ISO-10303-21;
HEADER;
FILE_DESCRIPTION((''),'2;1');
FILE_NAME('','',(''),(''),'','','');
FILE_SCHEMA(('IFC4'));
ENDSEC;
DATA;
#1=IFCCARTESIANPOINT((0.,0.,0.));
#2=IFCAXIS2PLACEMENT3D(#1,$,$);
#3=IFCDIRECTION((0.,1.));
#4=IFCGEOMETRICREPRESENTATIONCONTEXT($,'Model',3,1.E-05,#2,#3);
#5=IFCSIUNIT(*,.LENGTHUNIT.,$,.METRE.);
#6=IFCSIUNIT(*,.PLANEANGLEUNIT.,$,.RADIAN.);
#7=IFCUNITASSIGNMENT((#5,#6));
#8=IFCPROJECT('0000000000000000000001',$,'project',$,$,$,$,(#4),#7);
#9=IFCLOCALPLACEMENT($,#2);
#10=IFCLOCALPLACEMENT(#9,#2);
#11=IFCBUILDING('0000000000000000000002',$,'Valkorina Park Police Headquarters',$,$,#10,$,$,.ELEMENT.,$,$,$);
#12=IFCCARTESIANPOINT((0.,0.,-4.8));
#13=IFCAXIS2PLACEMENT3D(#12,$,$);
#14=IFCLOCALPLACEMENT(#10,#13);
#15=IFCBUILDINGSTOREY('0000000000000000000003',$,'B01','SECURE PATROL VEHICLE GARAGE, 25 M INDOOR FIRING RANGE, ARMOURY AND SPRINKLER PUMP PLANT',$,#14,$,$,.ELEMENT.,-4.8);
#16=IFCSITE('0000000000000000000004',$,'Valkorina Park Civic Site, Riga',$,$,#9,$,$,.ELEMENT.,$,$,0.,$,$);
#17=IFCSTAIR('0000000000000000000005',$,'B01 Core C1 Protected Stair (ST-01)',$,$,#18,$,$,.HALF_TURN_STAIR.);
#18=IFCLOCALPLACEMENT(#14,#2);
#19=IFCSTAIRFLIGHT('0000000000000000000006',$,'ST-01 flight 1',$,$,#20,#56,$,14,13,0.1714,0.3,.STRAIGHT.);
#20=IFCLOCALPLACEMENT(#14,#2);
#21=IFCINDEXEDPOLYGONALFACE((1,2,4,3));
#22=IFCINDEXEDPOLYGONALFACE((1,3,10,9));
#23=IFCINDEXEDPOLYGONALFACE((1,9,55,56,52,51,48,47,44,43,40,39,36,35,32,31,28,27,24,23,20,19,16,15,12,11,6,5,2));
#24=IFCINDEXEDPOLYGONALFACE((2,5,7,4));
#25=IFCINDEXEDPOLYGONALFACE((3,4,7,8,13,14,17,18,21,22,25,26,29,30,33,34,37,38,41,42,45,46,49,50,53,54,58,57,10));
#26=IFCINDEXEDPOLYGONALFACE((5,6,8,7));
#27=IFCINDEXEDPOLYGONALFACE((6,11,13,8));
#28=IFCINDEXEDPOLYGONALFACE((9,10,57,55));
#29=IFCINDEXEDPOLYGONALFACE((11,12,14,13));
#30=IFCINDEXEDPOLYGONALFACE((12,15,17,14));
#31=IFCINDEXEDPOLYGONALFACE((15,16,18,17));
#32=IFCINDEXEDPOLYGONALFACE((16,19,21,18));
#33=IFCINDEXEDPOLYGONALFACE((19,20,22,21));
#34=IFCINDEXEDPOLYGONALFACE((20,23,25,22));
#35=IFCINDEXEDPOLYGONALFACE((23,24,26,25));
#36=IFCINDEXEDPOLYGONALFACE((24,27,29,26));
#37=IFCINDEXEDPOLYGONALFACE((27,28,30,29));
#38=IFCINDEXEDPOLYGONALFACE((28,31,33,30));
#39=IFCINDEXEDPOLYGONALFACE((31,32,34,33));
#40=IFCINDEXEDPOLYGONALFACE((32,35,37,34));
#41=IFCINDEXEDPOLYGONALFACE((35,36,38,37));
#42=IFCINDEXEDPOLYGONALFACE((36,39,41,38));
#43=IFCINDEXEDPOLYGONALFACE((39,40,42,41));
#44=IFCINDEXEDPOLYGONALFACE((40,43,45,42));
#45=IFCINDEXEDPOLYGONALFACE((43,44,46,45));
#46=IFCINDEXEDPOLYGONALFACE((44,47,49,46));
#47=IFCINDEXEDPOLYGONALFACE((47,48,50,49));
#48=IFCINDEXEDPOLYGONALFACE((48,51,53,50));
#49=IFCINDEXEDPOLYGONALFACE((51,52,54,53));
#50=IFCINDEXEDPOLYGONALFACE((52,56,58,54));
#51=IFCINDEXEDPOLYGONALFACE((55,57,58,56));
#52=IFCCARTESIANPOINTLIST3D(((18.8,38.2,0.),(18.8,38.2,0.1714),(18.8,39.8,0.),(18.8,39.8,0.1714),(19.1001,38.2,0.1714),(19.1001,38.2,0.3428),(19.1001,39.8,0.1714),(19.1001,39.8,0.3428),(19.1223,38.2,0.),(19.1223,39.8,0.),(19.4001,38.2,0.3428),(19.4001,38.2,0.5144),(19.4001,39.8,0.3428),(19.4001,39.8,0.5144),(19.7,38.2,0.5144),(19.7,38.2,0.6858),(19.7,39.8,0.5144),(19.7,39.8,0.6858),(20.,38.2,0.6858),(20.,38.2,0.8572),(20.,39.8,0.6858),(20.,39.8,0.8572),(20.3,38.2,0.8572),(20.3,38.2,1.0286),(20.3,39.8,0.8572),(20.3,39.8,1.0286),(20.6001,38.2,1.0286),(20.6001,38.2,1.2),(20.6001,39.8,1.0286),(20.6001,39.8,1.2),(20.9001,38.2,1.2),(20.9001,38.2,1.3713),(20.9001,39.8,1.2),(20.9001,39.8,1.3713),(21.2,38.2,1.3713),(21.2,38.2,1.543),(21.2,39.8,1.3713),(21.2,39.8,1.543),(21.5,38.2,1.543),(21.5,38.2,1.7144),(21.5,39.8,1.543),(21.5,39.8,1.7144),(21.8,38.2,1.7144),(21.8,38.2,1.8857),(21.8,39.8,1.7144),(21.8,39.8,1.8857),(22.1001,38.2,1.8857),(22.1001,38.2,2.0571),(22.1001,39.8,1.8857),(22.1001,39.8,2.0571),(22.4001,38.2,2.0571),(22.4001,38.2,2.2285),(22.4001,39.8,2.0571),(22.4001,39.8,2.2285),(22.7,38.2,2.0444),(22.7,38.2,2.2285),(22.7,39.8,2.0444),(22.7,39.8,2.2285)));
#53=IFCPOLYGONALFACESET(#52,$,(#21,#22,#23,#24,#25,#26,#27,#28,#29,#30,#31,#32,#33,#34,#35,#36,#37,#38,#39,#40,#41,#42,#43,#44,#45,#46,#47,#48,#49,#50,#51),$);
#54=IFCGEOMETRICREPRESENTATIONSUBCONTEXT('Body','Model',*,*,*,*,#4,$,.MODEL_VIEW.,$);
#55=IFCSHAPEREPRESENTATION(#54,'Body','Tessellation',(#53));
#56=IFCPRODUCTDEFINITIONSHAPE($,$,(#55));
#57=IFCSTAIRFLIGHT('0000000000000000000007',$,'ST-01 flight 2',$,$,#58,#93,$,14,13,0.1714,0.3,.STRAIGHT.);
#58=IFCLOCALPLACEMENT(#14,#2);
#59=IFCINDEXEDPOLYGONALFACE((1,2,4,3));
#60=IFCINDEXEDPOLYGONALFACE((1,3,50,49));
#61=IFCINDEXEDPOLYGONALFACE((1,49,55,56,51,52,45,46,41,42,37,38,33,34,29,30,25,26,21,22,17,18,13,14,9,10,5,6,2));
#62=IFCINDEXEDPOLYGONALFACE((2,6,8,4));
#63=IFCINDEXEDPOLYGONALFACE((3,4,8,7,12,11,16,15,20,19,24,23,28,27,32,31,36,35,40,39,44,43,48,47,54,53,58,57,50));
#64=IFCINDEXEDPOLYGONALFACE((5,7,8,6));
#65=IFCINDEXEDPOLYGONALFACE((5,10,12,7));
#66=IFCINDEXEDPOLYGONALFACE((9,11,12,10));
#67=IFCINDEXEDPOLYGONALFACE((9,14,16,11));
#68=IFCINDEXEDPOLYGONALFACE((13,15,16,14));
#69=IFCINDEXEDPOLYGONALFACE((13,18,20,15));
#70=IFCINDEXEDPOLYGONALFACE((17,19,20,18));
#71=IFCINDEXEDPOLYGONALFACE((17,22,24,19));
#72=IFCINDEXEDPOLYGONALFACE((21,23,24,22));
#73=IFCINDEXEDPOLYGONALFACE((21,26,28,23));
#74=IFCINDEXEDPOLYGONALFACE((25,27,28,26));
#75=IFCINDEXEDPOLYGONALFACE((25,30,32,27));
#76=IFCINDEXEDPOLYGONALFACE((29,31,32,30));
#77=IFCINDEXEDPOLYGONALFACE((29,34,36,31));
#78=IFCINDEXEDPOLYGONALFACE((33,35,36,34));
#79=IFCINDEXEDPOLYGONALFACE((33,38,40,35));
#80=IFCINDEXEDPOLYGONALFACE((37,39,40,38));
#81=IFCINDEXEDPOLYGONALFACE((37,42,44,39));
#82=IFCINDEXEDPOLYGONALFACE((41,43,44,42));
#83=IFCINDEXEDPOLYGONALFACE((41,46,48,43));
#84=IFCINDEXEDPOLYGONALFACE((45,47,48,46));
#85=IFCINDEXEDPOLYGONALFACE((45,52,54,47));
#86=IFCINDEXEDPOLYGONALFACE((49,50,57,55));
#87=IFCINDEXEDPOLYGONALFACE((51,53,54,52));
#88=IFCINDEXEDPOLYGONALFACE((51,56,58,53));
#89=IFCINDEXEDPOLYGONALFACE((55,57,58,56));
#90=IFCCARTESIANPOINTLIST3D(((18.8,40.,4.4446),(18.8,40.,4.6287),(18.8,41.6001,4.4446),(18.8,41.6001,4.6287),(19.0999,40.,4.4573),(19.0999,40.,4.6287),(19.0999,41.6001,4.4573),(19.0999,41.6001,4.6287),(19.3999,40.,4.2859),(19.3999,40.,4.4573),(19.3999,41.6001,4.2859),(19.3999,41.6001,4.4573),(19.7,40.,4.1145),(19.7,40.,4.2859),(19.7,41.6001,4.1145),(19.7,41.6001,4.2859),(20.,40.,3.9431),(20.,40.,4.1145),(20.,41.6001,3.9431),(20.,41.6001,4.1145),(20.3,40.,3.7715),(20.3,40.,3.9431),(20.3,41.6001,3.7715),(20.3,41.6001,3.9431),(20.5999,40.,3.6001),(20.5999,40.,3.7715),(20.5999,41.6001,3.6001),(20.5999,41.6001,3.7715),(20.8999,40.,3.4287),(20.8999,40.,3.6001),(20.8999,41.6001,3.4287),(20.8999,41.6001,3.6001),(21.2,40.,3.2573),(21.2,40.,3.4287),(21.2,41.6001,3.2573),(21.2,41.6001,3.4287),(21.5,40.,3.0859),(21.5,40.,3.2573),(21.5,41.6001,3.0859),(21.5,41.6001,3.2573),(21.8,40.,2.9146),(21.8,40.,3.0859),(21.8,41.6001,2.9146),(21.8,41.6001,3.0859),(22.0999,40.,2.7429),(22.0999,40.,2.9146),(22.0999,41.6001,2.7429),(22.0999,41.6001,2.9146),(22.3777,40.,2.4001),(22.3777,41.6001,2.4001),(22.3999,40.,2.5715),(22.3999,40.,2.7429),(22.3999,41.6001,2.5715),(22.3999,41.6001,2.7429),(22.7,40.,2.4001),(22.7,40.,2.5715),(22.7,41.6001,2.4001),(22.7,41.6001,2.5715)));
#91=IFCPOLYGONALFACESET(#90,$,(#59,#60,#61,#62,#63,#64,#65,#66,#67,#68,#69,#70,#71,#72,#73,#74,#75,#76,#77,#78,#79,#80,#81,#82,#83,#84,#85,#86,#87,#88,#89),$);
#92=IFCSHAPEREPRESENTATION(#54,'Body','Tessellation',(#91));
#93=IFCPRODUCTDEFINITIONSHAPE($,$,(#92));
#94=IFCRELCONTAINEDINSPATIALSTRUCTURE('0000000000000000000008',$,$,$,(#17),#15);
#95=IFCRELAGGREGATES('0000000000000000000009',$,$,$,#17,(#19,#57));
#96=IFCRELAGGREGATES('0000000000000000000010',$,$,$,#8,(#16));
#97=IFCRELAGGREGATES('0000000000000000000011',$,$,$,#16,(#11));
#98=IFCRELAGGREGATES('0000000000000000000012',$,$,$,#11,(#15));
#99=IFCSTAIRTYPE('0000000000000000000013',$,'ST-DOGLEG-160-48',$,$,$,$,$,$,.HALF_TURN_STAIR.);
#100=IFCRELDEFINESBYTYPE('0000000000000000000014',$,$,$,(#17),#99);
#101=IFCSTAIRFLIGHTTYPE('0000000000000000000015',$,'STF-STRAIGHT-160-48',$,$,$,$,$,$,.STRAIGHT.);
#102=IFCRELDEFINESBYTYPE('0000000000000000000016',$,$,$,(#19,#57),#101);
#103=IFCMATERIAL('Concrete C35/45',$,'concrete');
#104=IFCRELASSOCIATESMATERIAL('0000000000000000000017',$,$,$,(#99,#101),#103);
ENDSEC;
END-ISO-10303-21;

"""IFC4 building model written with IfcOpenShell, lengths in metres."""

from ifc_helpers import new_model, si_unit, direction, frame, origin, place, context, subcontext, project, spatial, polyline, outline, extrude, material, type_object, element, aggregate, save


model = new_model("IFC4")

# Units and contexts
model_context = context("Model", 3, precision=1e-05, world=origin(), true_north=direction((0.0, 1.0)))
body_context = subcontext(model_context, "Body", "Model", "MODEL_VIEW")
ifc_project = project(units=[si_unit("LENGTHUNIT", "METRE"), si_unit("PLANEANGLEUNIT", "RADIAN")], contexts=[model_context])

# Site, building, storey
site_placement = place(None, origin())
site = spatial("IfcSite", under=ifc_project, at=site_placement, Name="Valkorina Park Civic Site, Riga", CompositionType="ELEMENT", RefElevation=0.0)
building_placement = place(site_placement, origin())
building = spatial("IfcBuilding", under=site, at=building_placement, Name="Valkorina Park Police Headquarters", CompositionType="ELEMENT")
storey_placement = place(building_placement, frame((0.0, 0.0, -4.8)))
storey = spatial("IfcBuildingStorey", under=building, at=storey_placement, Name="B01", Description="SECURE PATROL VEHICLE GARAGE, 25 M INDOOR FIRING RANGE, ARMOURY AND SPRINKLER PUMP PLANT", CompositionType="ELEMENT", Elevation=-4.8)

# Shared definitions
ifc_material_1 = material(Name="Concrete C35/45", Category="concrete")

# Stair, stair flights
stair_type = type_object("IfcStairType", Name="ST-DOGLEG-160-48", PredefinedType="HALF_TURN_STAIR", material=ifc_material_1)
stair_placement = place(storey_placement, origin())
stair = element("IfcStair", 1, at=stair_placement, inside=storey, type_object=stair_type, Name="B01 Core C1 Protected Stair (ST-01)", PredefinedType="HALF_TURN_STAIR")
stair_flight_type = type_object("IfcStairFlightType", Name="STF-STRAIGHT-160-48", PredefinedType="STRAIGHT", material=ifc_material_1)
stair_flight_1_placement = place(storey_placement, frame((18.8, 39.0, 0.0), z_axis=(0.0, 0.0, 1.0), x_axis=(1.0, 0.0, 0.0)))
stair_flight_1 = element("IfcStairFlight", 2, at=stair_flight_1_placement, type_object=stair_flight_type, Name="ST-01 flight 1", NumberOfRisers=14, NumberOfTreads=13, PredefinedType="STRAIGHT", RiserHeight=0.1714, TreadLength=0.3, context=body_context, shape_type="SweptSolid", body=[
    extrude(outline(polyline([(0.0, 0.0), (0.0, 0.1714), (0.3, 0.1714), (0.3, 0.3428), (0.6001, 0.3428), (0.6001, 0.5144), (0.8999, 0.5144), (0.8999, 0.6858), (1.2, 0.6858), (1.2, 0.8572), (1.5, 0.8572), (1.5, 1.0286), (1.8, 1.0286), (1.8, 1.2), (2.1001, 1.2), (2.1001, 1.3713), (2.3999, 1.3713), (2.3999, 1.543), (2.7, 1.543), (2.7, 1.7144), (3.0, 1.7144), (3.0, 1.8857), (3.3, 1.8857), (3.3, 2.0571), (3.6001, 2.0571), (3.6001, 2.2285), (3.8999, 2.2285), (3.8999, 2.3999), (3.8999, 2.0444), (0.3223, 0.0), (0.0, 0.0)])), frame((0.0, 0.8, 0.0), z_axis=(0.0, -1.0, 0.0), x_axis=(1.0, 0.0, 0.0)), (0.0, 0.0, 1.0), 1.6001),
])
stair_flight_2_placement = place(storey_placement, frame((22.7, 40.8, 2.4001), z_axis=(0.0, 0.0, 1.0), x_axis=(-1.0, 0.0, 0.0)))
stair_flight_2 = element("IfcStairFlight", 3, at=stair_flight_2_placement, type_object=stair_flight_type, Name="ST-01 flight 2", NumberOfRisers=14, NumberOfTreads=13, PredefinedType="STRAIGHT", RiserHeight=0.1714, TreadLength=0.3, context=body_context, shape_type="SweptSolid", body=[
    extrude(outline(polyline([(0.0, 0.0), (0.0, 0.1714), (0.3, 0.1714), (0.3, 0.3428), (0.6001, 0.3428), (0.6001, 0.5144), (0.8999, 0.5144), (0.8999, 0.6858), (1.2, 0.6858), (1.2, 0.8572), (1.5, 0.8572), (1.5, 1.0286), (1.8, 1.0286), (1.8, 1.2), (2.1001, 1.2), (2.1001, 1.3713), (2.3999, 1.3713), (2.3999, 1.543), (2.7, 1.543), (2.7, 1.7144), (3.0, 1.7144), (3.0, 1.8857), (3.3, 1.8857), (3.3, 2.0571), (3.6001, 2.0571), (3.6001, 2.2285), (3.8999, 2.2285), (3.8999, 2.3999), (3.8999, 2.0444), (0.3223, 0.0), (0.0, 0.0)])), frame((0.0, 0.8, 0.0), z_axis=(0.0, -1.0, 0.0), x_axis=(1.0, 0.0, 0.0)), (0.0, 0.0, 1.0), 1.6001),
])
aggregate(stair, [stair_flight_1, stair_flight_2])

save(model, "model.ifc")
